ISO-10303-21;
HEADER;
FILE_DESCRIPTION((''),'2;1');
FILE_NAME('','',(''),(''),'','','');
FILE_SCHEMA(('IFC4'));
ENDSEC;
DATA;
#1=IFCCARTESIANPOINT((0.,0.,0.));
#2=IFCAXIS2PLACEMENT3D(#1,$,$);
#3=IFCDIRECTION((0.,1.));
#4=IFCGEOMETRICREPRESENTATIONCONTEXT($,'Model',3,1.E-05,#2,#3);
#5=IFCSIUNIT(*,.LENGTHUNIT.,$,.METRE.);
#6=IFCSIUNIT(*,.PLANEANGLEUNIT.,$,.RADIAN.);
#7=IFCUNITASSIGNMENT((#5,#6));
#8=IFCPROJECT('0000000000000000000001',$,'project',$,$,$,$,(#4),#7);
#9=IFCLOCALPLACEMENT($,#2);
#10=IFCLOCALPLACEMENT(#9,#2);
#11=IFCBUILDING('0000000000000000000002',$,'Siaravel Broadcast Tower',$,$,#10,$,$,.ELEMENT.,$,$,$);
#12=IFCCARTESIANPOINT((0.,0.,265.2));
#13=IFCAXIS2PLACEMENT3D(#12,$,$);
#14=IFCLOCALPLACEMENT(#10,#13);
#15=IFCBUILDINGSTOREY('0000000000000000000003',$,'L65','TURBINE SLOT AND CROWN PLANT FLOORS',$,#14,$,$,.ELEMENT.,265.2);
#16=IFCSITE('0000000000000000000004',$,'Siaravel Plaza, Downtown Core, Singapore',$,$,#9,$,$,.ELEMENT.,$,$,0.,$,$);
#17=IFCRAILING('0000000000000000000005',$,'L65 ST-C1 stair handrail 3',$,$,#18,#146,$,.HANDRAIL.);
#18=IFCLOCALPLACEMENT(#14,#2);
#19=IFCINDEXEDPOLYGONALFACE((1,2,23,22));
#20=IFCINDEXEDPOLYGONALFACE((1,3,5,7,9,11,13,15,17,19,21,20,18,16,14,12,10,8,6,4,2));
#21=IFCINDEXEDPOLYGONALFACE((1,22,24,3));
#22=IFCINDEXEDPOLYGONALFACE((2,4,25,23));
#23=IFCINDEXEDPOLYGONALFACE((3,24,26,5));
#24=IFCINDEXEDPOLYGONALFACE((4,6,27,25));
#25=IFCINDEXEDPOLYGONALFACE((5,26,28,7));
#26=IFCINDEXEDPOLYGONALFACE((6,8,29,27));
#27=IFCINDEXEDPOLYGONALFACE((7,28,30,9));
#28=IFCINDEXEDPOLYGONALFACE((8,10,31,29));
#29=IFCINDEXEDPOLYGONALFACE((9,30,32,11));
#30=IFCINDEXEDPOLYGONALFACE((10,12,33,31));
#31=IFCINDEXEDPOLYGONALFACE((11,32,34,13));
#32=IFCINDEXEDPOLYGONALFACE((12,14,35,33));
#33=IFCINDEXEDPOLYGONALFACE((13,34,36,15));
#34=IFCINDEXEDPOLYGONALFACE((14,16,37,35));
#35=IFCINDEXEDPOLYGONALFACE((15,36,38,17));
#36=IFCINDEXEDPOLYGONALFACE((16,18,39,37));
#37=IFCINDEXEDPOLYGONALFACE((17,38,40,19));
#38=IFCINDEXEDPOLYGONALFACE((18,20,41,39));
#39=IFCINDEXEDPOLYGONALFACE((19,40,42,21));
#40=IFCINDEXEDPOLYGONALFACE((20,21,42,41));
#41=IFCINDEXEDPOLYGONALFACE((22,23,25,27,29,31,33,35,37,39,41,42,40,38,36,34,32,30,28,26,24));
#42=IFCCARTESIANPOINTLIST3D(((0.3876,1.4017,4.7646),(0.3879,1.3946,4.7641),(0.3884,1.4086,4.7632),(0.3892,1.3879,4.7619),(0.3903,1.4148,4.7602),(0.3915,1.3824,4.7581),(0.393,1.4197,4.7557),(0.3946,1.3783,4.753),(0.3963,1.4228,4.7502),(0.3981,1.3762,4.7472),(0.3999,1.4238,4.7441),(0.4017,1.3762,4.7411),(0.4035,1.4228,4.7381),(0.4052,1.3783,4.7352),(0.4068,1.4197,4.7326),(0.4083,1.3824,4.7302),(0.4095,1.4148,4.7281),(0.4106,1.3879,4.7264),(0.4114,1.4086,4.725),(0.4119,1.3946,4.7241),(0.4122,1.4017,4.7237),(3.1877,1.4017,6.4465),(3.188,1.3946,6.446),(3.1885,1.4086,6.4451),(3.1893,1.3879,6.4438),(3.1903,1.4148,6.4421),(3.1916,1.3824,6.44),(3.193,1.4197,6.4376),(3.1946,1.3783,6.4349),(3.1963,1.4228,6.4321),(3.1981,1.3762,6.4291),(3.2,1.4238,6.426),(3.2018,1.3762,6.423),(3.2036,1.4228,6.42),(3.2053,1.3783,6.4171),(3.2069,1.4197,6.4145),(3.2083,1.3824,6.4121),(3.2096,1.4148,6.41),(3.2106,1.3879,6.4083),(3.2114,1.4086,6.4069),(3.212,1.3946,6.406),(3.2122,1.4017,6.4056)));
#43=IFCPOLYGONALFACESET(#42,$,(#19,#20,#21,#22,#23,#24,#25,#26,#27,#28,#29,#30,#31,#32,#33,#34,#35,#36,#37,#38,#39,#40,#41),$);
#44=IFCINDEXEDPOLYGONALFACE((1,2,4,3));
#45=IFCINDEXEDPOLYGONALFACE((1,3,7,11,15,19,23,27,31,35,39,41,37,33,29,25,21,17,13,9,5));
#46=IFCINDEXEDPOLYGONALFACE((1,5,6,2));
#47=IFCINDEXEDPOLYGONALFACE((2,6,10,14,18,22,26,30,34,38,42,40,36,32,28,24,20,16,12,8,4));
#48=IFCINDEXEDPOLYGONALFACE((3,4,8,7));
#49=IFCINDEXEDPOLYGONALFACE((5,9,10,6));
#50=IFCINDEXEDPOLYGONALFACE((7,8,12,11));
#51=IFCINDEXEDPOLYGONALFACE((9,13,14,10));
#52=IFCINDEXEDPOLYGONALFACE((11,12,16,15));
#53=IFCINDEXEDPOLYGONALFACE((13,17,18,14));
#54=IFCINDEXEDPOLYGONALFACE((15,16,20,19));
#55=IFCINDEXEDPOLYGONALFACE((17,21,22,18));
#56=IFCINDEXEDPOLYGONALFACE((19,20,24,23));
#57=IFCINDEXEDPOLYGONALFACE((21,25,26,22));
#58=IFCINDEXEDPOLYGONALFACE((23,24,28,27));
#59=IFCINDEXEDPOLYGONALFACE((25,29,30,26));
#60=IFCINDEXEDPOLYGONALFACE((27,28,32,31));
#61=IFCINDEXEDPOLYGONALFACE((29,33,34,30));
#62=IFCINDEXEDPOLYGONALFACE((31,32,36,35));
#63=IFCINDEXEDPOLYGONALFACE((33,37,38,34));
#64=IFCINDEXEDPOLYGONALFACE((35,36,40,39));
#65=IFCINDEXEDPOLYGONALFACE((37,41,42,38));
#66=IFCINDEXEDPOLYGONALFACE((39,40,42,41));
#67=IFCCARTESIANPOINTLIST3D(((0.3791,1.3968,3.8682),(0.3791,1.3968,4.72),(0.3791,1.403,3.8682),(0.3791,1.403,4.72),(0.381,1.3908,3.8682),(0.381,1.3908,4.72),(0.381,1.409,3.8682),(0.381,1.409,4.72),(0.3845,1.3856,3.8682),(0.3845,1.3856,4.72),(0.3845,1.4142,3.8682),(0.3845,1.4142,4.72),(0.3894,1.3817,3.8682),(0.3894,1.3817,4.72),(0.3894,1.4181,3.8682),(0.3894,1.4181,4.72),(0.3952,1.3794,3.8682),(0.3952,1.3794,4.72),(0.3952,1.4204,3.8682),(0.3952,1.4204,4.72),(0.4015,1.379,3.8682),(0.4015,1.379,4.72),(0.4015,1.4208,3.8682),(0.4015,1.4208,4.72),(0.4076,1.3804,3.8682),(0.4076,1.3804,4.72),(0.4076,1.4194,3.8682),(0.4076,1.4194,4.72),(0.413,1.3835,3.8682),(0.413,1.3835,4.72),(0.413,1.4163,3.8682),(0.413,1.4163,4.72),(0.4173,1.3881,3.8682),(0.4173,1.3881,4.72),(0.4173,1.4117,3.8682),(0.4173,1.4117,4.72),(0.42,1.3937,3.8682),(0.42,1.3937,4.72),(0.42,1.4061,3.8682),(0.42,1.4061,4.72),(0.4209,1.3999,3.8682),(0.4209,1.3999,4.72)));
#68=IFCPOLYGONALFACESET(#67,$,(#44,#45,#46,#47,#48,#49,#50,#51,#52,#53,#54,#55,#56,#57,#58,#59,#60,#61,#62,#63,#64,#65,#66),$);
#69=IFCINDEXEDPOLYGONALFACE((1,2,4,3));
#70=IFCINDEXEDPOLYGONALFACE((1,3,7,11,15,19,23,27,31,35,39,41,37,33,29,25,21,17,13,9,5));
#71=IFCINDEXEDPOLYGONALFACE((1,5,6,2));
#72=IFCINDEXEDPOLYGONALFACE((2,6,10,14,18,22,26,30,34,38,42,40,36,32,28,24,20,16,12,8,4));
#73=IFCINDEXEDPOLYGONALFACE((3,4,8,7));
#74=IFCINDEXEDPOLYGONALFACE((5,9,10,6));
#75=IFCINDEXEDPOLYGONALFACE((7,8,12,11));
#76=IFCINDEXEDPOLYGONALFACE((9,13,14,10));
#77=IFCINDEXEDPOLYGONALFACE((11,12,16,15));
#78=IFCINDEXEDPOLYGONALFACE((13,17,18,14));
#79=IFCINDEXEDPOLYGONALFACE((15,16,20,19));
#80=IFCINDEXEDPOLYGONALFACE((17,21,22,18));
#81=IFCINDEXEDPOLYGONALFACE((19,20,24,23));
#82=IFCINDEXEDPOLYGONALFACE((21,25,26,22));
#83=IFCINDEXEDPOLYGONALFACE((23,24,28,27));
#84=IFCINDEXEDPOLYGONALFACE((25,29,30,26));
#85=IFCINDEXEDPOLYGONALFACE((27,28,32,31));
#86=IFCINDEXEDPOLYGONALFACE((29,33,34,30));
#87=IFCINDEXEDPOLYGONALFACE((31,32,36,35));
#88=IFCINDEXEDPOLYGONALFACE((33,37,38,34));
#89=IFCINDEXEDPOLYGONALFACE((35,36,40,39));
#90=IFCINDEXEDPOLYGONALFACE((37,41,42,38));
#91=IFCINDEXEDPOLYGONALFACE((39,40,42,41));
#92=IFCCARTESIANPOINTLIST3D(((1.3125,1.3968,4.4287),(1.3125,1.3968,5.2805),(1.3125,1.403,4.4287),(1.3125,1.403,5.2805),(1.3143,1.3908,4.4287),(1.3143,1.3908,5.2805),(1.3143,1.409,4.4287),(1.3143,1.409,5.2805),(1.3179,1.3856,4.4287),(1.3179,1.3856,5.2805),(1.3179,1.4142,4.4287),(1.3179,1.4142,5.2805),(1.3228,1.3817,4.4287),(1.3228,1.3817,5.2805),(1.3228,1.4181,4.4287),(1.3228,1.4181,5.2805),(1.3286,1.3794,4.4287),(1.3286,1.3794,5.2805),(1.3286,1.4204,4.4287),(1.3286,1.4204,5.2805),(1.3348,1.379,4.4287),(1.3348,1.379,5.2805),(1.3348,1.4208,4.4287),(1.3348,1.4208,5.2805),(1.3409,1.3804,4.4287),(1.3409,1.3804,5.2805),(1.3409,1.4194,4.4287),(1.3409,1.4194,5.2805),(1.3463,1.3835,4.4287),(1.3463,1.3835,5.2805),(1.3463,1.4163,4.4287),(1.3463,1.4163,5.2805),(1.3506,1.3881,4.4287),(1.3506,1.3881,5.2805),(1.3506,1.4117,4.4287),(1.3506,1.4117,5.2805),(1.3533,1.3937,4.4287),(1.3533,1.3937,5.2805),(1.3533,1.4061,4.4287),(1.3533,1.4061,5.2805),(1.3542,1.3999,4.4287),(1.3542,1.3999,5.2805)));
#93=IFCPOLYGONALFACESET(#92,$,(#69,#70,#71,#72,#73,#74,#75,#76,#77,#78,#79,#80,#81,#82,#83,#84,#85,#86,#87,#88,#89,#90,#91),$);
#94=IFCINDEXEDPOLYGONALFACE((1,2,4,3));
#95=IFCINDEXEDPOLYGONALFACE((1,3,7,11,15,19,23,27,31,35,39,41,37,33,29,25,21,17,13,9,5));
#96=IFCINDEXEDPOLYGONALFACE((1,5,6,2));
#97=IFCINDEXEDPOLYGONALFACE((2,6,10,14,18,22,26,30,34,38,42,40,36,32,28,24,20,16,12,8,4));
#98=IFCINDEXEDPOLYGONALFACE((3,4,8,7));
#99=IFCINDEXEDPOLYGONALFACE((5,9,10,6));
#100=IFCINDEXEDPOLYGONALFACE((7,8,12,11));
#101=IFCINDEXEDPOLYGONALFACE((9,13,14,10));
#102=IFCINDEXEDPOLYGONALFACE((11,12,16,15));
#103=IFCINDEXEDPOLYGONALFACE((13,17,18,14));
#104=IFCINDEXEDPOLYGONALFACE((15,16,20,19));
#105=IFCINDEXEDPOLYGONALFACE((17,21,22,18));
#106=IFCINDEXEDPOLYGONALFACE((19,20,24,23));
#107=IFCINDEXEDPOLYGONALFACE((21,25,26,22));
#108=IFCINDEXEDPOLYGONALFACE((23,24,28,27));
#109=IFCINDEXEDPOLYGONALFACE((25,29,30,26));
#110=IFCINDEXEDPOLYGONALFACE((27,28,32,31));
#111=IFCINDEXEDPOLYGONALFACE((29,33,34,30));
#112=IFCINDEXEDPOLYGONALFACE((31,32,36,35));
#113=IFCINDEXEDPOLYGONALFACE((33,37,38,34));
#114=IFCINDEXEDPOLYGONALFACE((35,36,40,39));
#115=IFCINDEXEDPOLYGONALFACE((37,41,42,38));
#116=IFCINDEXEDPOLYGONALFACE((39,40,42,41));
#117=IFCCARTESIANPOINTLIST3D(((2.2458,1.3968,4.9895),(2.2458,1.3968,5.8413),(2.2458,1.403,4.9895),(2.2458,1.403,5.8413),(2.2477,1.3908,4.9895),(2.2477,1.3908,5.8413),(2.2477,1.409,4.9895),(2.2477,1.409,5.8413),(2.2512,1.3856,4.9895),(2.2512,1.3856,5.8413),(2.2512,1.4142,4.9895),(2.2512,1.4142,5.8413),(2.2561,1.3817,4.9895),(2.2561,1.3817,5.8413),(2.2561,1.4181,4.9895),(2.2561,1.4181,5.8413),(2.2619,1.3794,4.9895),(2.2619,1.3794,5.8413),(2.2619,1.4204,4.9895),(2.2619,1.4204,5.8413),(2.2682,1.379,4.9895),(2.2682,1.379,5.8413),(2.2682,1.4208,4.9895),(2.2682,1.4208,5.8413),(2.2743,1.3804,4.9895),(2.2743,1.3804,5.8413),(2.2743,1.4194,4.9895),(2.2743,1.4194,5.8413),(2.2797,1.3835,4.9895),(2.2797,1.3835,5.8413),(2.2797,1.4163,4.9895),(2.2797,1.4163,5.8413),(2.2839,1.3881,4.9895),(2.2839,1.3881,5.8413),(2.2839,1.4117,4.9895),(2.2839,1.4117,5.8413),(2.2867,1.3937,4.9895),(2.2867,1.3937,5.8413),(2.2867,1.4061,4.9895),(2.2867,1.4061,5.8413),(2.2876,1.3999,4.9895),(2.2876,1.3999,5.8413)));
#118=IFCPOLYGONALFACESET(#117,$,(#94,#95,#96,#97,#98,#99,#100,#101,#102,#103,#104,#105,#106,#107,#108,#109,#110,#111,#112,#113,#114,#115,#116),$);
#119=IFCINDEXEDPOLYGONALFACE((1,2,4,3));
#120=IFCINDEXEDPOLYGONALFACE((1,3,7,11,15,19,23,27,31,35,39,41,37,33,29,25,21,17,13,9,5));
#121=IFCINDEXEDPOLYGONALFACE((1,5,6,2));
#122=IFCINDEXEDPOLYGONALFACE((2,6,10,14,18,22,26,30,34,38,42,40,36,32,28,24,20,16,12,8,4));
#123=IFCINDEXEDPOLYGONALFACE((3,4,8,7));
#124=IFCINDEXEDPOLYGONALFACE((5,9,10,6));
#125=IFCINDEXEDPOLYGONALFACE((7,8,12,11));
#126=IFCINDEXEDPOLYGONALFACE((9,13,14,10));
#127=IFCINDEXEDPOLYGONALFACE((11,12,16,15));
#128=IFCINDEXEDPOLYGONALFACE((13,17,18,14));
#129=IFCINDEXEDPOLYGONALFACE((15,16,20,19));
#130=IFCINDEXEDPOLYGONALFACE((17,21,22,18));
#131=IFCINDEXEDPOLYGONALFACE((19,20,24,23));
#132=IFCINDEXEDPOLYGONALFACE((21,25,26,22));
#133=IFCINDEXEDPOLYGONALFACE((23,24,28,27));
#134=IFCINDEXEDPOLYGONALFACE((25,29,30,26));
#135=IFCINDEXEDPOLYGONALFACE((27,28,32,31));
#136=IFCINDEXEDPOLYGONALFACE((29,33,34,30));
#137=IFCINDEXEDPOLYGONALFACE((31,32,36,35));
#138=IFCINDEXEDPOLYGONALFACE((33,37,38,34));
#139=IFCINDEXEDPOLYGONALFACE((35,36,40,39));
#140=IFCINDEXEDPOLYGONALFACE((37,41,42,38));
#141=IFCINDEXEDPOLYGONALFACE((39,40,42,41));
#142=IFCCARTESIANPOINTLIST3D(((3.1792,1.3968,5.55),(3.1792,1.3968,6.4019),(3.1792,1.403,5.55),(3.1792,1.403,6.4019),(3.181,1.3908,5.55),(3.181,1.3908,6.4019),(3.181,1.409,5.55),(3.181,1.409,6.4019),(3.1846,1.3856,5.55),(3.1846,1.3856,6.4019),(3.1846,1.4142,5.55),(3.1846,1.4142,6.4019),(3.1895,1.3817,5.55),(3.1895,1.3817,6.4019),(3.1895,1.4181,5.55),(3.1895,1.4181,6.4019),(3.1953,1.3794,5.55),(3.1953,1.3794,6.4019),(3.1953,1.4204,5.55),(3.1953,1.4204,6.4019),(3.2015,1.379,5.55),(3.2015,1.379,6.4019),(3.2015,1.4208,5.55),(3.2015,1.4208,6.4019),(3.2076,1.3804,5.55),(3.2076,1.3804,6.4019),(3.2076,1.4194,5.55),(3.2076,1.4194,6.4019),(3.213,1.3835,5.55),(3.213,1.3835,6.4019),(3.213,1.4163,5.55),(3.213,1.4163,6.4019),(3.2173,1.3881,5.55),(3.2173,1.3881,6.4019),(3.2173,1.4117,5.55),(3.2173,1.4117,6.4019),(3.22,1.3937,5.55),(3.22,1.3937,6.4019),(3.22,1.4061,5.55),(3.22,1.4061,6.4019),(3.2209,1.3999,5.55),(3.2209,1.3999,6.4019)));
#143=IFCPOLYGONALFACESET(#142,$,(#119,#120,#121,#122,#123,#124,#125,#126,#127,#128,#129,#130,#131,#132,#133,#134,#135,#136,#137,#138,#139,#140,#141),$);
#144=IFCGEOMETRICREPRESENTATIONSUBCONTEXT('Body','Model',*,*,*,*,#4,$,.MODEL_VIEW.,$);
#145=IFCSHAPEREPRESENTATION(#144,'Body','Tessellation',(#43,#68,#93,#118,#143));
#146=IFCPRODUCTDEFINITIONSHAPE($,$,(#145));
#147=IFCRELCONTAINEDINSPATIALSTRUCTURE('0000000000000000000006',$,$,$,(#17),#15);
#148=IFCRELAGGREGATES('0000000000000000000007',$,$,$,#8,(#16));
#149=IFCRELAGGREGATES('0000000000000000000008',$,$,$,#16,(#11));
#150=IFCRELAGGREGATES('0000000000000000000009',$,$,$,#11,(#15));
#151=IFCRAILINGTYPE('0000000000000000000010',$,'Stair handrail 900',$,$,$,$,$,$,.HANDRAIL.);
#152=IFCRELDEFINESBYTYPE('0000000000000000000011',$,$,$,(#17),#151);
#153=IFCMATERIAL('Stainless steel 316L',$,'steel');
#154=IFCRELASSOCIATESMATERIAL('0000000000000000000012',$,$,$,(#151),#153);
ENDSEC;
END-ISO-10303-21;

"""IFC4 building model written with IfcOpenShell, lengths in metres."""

from ifc_helpers import new_model, si_unit, direction, frame, origin, origin_2d, place, context, subcontext, project, spatial, circle, extrude, material, type_object, element, save


model = new_model("IFC4")

# Units and contexts
model_context = context("Model", 3, precision=1e-05, world=origin(), true_north=direction((0.0, 1.0)))
body_context = subcontext(model_context, "Body", "Model", "MODEL_VIEW")
ifc_project = project(units=[si_unit("LENGTHUNIT", "METRE"), si_unit("PLANEANGLEUNIT", "RADIAN")], contexts=[model_context])

# Site, building, storey
site_placement = place(None, origin())
site = spatial("IfcSite", under=ifc_project, at=site_placement, Name="Siaravel Plaza, Downtown Core, Singapore", CompositionType="ELEMENT", RefElevation=0.0)
building_placement = place(site_placement, origin())
building = spatial("IfcBuilding", under=site, at=building_placement, Name="Siaravel Broadcast Tower", CompositionType="ELEMENT")
storey_placement = place(building_placement, frame((0.0, 0.0, 265.2)))
storey = spatial("IfcBuildingStorey", under=building, at=storey_placement, Name="L65", Description="TURBINE SLOT AND CROWN PLANT FLOORS", CompositionType="ELEMENT", Elevation=265.2)

# Railing
ifc_material_1 = material(Name="Stainless steel 316L", Category="steel")
railing_type_1 = type_object("IfcRailingType", Name="Stair handrail 900", PredefinedType="HANDRAIL", material=ifc_material_1)
railing_1_placement = place(storey_placement, frame((0.3999, 1.3999, 3.8682)))
element("IfcRailing", 1, at=railing_1_placement, inside=storey, type_object=railing_type_1, Name="L65 ST-C1 stair handrail 3", PredefinedType="HANDRAIL", context=body_context, shape_type="SweptSolid", body=[
    extrude(circle(Radius=0.0239, at=origin_2d()), frame((0.0, 0.0, 0.876), z_axis=(0.857242, 0.0, 0.514913), x_axis=(0.0, 1.0, 0.0)), (0.0, 0.0, 1.0), 3.2664),
    extrude(circle(Radius=0.021, at=origin_2d()), origin(), (0.0, 0.0, 1.0), 0.8518),
    extrude(circle(Radius=0.021, at=origin_2d()), frame((0.9333, 0.0, 0.5605)), (0.0, 0.0, 1.0), 0.8518),
    extrude(circle(Radius=0.021, at=origin_2d()), frame((1.8667, 0.0, 1.1213)), (0.0, 0.0, 1.0), 0.8518),
    extrude(circle(Radius=0.021, at=origin_2d()), frame((2.8, 0.0, 1.6819)), (0.0, 0.0, 1.0), 0.8518),
])

save(model, "model.ifc")
